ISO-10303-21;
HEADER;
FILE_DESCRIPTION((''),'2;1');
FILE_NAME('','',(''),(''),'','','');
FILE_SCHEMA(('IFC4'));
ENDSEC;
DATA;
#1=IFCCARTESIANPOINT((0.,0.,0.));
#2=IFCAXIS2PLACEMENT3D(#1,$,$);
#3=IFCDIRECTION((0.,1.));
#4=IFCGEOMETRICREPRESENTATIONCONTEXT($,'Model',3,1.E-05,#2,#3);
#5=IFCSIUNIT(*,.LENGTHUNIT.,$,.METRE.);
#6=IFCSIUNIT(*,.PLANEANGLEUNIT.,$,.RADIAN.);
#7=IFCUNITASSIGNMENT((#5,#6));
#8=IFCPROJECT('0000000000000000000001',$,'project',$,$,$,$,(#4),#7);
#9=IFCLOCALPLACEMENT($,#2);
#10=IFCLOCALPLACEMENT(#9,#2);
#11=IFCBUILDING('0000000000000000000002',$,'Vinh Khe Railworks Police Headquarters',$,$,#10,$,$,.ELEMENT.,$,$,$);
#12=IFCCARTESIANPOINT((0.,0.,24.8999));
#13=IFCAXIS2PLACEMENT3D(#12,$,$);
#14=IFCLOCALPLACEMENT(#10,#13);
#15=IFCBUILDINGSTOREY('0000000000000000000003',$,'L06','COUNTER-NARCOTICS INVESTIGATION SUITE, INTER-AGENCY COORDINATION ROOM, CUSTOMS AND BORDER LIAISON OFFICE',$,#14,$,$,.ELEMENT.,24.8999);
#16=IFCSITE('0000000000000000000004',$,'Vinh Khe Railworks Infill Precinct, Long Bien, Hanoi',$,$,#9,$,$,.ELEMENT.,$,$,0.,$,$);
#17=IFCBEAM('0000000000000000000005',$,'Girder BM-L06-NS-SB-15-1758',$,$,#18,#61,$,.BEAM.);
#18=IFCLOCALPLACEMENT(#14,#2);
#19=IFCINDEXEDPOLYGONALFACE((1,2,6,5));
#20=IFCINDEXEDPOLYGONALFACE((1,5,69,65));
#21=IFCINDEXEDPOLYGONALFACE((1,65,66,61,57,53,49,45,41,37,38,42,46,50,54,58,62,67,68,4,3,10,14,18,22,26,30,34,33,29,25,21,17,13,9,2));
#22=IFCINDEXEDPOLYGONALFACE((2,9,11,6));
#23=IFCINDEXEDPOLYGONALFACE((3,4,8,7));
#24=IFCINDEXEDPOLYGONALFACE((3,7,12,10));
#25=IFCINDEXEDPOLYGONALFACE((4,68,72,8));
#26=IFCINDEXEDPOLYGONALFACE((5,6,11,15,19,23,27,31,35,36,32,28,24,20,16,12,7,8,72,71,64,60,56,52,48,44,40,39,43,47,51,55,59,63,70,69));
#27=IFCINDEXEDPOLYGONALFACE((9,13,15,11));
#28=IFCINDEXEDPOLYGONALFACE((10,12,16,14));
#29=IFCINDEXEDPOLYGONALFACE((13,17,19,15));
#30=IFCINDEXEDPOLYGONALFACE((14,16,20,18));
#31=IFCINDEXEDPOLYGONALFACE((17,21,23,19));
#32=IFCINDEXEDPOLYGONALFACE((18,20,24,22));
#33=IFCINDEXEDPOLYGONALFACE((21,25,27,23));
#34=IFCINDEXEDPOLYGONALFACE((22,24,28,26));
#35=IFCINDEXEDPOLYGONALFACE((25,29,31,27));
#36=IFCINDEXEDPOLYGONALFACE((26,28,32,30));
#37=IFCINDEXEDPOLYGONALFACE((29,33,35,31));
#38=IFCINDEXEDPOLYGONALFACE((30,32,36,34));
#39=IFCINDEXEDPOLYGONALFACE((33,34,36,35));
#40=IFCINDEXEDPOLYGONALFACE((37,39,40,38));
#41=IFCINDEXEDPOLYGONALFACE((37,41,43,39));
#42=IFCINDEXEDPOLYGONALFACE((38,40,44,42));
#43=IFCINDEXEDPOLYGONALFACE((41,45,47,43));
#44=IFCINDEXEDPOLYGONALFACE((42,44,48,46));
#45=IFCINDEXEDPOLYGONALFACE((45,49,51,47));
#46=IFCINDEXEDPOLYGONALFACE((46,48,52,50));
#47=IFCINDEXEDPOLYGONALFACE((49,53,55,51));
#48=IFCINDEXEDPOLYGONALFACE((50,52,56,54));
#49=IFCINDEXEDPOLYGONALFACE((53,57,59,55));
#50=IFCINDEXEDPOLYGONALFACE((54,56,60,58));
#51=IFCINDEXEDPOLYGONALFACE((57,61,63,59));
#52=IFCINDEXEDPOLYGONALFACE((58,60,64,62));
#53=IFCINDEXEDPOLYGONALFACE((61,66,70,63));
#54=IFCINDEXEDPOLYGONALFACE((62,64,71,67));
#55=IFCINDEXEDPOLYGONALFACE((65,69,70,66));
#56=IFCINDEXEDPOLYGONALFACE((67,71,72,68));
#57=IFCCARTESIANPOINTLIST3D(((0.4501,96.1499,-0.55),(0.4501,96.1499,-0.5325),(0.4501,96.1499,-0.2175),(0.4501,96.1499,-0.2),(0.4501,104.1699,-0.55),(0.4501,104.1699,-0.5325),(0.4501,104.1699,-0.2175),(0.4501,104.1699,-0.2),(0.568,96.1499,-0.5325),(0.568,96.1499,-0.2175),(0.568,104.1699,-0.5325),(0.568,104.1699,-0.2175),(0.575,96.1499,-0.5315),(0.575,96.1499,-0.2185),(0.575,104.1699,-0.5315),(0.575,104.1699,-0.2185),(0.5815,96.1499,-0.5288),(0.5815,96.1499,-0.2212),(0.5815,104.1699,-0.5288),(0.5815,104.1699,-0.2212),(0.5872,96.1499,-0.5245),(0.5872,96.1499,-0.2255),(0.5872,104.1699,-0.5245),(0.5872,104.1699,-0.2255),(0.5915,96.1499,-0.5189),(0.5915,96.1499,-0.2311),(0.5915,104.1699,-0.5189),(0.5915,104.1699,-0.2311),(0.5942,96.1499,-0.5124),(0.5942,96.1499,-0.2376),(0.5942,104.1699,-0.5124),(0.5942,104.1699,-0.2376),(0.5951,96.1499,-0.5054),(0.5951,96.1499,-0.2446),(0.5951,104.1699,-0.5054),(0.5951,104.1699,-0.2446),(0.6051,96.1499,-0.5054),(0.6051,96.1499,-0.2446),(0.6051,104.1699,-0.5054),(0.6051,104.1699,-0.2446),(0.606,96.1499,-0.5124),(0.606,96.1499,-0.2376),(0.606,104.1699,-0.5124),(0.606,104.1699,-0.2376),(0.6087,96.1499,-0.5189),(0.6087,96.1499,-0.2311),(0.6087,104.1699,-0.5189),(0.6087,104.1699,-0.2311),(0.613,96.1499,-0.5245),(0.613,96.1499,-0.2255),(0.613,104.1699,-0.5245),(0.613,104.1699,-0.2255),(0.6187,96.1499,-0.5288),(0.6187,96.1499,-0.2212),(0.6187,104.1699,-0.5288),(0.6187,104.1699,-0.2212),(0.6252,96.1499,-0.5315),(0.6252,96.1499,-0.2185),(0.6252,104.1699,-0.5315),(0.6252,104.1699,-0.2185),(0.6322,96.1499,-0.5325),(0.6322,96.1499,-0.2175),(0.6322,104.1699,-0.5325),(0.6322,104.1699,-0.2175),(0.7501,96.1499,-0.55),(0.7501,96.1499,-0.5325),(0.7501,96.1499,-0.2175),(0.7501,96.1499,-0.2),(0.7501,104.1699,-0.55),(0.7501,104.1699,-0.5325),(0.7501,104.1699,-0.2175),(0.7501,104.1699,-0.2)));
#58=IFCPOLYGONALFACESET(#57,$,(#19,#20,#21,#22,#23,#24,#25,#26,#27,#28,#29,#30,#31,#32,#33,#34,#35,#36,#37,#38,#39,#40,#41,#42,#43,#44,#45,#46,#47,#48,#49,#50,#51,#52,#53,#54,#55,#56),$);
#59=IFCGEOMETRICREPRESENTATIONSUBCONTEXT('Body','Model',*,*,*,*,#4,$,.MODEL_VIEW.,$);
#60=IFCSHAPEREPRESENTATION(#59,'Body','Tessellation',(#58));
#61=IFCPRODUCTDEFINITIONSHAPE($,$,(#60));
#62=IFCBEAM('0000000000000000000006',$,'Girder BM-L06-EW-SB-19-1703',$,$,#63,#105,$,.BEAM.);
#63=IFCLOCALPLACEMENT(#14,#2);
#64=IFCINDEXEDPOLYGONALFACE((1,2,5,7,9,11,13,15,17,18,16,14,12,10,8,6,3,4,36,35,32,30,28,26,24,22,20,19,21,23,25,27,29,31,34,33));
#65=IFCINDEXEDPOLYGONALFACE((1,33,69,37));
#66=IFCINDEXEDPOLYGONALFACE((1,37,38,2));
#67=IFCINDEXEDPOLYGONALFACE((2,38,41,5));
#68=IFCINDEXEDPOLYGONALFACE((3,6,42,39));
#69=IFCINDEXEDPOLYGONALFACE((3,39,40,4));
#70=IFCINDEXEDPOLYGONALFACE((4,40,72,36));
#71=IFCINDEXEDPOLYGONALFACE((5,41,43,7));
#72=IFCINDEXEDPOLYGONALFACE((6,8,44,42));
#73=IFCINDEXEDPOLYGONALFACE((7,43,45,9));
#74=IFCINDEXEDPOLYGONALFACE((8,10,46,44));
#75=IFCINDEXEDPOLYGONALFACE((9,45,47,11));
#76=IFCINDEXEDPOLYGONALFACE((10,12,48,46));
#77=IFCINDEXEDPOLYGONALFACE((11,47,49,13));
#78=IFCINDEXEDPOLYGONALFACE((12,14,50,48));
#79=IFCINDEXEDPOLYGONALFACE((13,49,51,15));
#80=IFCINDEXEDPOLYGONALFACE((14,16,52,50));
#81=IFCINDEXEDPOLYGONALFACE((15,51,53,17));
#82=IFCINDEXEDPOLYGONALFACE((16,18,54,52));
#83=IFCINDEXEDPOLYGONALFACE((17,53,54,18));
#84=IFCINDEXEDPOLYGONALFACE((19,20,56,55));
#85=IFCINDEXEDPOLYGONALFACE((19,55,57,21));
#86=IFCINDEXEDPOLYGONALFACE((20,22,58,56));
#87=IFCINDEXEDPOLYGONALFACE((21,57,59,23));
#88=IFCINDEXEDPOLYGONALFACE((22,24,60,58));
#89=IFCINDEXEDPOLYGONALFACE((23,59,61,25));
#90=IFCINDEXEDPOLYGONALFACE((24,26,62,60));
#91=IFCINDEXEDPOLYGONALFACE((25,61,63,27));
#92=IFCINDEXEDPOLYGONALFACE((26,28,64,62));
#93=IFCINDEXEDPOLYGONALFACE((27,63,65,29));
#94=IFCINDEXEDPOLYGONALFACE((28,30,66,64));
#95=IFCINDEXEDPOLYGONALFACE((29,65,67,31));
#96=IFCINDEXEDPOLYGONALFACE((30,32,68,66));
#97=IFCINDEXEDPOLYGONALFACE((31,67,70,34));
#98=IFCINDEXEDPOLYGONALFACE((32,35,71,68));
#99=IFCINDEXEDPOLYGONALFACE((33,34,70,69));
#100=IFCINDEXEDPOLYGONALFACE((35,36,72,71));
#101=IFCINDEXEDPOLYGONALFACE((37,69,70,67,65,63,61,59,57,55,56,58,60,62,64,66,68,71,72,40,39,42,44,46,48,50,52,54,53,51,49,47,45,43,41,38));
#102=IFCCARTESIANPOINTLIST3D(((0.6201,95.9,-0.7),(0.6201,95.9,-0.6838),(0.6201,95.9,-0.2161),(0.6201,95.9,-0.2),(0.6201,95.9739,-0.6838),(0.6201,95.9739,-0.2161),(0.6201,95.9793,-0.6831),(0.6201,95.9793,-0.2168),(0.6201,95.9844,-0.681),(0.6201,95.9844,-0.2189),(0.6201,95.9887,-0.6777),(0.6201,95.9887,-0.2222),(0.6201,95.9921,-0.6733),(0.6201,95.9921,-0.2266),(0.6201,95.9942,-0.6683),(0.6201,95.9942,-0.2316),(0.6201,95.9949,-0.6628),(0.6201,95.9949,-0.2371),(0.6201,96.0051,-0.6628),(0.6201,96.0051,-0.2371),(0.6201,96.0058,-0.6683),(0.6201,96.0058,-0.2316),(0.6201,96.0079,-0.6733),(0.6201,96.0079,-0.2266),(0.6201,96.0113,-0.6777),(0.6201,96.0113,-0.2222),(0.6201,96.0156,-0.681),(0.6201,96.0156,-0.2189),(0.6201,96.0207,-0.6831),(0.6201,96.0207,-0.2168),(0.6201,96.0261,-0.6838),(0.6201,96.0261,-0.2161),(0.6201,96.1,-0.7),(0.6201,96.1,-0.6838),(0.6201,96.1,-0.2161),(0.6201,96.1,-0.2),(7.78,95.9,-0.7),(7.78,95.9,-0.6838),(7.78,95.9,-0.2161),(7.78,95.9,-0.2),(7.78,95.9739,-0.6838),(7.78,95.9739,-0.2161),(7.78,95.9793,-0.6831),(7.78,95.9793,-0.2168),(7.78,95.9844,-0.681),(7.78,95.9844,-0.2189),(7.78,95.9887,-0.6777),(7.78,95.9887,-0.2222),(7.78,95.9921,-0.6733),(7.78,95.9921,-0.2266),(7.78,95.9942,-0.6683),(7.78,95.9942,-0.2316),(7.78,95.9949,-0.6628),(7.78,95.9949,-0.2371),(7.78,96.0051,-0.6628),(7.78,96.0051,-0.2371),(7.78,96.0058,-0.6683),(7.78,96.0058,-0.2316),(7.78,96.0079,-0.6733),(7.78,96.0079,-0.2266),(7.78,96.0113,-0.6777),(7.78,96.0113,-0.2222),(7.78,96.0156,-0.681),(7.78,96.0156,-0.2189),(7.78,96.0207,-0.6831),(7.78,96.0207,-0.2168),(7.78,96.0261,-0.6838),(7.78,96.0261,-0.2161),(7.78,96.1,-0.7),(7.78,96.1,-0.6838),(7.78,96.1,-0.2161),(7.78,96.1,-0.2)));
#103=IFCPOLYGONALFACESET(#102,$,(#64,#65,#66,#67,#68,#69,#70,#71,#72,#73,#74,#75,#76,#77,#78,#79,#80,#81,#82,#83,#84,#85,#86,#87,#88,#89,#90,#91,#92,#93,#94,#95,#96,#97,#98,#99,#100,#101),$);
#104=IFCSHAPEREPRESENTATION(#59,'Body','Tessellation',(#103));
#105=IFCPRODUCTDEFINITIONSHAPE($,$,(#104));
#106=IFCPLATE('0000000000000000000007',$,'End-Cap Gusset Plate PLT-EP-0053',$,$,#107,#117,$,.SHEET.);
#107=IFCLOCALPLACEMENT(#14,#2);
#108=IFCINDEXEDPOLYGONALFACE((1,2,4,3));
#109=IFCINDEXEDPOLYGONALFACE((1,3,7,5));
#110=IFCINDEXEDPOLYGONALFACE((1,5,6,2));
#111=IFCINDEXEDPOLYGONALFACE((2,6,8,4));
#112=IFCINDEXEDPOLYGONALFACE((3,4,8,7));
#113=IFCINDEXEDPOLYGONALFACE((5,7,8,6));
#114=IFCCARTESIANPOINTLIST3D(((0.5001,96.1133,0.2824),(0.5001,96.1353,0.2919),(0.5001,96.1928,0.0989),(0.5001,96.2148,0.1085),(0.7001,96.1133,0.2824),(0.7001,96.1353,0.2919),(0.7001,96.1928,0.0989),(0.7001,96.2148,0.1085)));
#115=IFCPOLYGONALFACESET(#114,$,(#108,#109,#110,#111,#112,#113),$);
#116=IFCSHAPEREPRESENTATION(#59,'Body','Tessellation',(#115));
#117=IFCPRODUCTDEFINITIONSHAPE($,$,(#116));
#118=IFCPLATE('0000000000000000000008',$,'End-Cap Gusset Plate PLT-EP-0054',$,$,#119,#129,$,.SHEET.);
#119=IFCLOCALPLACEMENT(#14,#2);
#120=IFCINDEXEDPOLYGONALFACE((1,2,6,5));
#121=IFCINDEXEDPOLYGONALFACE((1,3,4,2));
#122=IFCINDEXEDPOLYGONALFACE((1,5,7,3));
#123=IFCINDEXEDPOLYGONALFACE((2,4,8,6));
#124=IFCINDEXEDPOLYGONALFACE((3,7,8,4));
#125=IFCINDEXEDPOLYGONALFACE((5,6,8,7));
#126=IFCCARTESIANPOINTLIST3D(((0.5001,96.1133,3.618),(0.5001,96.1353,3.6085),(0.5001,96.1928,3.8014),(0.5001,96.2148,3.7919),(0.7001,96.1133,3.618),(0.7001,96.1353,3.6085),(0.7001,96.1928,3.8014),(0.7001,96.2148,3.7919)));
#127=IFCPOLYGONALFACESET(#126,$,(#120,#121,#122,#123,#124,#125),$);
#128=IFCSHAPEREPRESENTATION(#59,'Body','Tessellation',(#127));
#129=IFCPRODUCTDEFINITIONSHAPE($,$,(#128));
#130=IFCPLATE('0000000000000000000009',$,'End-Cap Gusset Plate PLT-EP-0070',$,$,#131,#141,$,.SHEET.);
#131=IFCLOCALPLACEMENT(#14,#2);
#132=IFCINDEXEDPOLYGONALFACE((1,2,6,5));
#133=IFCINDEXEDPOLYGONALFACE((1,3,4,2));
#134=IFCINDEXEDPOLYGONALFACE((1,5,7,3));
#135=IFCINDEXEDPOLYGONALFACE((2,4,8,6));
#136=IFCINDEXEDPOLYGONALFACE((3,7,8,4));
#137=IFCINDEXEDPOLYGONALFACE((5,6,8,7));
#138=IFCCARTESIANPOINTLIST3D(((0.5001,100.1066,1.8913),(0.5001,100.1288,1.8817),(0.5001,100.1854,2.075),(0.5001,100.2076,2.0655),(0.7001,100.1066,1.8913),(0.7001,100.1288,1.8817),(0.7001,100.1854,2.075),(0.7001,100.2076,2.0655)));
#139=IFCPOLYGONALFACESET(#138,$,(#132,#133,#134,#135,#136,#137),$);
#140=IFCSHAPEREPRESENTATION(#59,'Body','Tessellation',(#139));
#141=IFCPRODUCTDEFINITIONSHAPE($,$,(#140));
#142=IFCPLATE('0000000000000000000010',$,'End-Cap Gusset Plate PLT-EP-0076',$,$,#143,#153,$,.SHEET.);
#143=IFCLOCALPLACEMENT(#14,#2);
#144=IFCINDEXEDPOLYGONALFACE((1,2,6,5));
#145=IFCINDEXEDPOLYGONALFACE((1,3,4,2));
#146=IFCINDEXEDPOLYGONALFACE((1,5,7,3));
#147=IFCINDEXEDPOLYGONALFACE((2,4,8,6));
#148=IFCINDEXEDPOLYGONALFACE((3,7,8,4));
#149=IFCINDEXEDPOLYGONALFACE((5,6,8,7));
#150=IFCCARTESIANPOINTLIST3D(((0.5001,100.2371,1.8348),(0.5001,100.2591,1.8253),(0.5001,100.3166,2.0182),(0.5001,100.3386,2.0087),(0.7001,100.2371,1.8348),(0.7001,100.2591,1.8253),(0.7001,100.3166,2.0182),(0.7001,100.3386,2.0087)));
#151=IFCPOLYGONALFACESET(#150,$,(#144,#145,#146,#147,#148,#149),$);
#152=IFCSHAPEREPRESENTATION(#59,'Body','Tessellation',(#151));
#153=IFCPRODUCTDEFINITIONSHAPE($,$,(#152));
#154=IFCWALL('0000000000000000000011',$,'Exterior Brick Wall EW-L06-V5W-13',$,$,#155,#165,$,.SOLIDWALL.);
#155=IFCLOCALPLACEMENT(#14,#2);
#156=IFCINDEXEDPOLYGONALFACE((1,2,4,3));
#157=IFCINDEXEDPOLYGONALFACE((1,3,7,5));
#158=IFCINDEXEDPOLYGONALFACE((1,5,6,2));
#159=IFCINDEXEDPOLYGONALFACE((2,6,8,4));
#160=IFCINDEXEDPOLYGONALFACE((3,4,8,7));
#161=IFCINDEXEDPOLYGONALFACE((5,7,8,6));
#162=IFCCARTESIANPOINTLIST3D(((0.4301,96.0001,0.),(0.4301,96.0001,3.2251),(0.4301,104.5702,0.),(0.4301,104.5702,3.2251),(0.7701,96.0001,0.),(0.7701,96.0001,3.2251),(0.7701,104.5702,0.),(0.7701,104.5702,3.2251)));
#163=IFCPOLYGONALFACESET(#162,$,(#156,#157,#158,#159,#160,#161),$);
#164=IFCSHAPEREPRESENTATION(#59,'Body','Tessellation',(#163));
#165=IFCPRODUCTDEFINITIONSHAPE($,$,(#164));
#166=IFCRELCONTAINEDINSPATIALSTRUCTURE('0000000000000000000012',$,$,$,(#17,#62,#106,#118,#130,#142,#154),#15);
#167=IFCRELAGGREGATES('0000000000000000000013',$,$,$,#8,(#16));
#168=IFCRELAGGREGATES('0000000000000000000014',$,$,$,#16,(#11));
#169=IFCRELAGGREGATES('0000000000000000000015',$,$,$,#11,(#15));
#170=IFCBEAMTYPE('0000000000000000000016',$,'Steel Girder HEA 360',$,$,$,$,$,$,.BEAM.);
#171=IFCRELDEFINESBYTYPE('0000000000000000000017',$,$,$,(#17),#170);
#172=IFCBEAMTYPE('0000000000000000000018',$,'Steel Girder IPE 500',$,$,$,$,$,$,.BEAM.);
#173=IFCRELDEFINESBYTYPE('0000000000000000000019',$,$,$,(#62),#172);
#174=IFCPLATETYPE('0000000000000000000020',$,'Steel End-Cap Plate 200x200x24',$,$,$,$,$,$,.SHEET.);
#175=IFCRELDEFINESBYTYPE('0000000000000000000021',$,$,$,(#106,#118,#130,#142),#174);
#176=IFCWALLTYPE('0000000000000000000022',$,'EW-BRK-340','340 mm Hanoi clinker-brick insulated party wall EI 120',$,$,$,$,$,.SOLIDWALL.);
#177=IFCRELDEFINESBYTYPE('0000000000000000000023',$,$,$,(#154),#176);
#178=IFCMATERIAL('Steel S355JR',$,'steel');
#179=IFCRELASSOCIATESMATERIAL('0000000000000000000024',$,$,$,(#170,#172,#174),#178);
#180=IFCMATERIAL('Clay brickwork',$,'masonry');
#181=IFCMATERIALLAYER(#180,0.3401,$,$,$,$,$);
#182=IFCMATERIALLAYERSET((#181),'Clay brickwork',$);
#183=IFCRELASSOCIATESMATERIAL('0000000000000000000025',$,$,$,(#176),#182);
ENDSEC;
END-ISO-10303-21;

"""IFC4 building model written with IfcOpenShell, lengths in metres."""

from ifc_helpers import new_model, si_unit, direction, frame, frame_2d, origin, origin_2d, place, context, subcontext, project, spatial, rectangle, i_section, extrude, material, layer, layer_set, material_profile, profile_set, type_object, element, save


model = new_model("IFC4")

# Units and contexts
model_context = context("Model", 3, precision=1e-05, world=origin(), true_north=direction((0.0, 1.0)))
body_context = subcontext(model_context, "Body", "Model", "MODEL_VIEW")
ifc_project = project(units=[si_unit("LENGTHUNIT", "METRE"), si_unit("PLANEANGLEUNIT", "RADIAN")], contexts=[model_context])

# Site, building, storey
site_placement = place(None, origin())
site = spatial("IfcSite", under=ifc_project, at=site_placement, Name="Vinh Khe Railworks Infill Precinct, Long Bien, Hanoi", CompositionType="ELEMENT", RefElevation=0.0)
building_placement = place(site_placement, origin())
building = spatial("IfcBuilding", under=site, at=building_placement, Name="Vinh Khe Railworks Police Headquarters", CompositionType="ELEMENT")
storey_placement = place(building_placement, frame((0.0, 0.0, 24.8999)))
storey = spatial("IfcBuildingStorey", under=building, at=storey_placement, Name="L06", Description="COUNTER-NARCOTICS INVESTIGATION SUITE, INTER-AGENCY COORDINATION ROOM, CUSTOMS AND BORDER LIAISON OFFICE", CompositionType="ELEMENT", Elevation=24.8999)

# Shared definitions
ifc_material_1 = material(Name="Steel S355JR", Category="steel")

# Beams
ifc_material_profile_1 = material_profile(ifc_material_1, i_section(OverallWidth=0.3, OverallDepth=0.3501, WebThickness=0.01, FlangeThickness=0.0176, FilletRadius=0.0271, at=origin_2d()), Name="HEA 360")
ifc_profile_set_1 = profile_set([ifc_material_profile_1], Name="Steel S355JR")
beam_type_1 = type_object("IfcBeamType", Name="Steel Girder HEA 360", PredefinedType="BEAM", material=ifc_profile_set_1)
beam_1_placement = place(storey_placement, frame((0.6001, 96.1499, -0.375), z_axis=(0.0, 1.0, 0.0), x_axis=(-1.0, 0.0, 0.0)))
element("IfcBeam", 1, at=beam_1_placement, inside=storey, type_object=beam_type_1, Name="Girder BM-L06-NS-SB-15-1758", PredefinedType="BEAM", context=body_context, shape_type="SweptSolid", body=[
    extrude(i_section(OverallWidth=0.3, OverallDepth=0.3501, WebThickness=0.01, FlangeThickness=0.0176, FilletRadius=0.0271, at=origin_2d()), origin(), (0.0, 0.0, 1.0), 8.02),
])
ifc_material_profile_2 = material_profile(ifc_material_1, i_section(OverallWidth=0.2, OverallDepth=0.5, WebThickness=0.0103, FlangeThickness=0.0161, FilletRadius=0.021, at=origin_2d()), Name="IPE 500")
ifc_profile_set_2 = profile_set([ifc_material_profile_2], Name="Steel S355JR")
beam_type_2 = type_object("IfcBeamType", Name="Steel Girder IPE 500", PredefinedType="BEAM", material=ifc_profile_set_2)
beam_2_placement = place(storey_placement, frame((0.6201, 96.0, -0.45), z_axis=(1.0, 0.0, 0.0), x_axis=(0.0, 1.0, 0.0)))
element("IfcBeam", 2, at=beam_2_placement, inside=storey, type_object=beam_type_2, Name="Girder BM-L06-EW-SB-19-1703", PredefinedType="BEAM", context=body_context, shape_type="SweptSolid", body=[
    extrude(i_section(OverallWidth=0.2, OverallDepth=0.5, WebThickness=0.0103, FlangeThickness=0.0161, FilletRadius=0.021, at=origin_2d()), origin(), (0.0, 0.0, 1.0), 7.1599),
])

# Plates
ifc_material_profile_3 = material_profile(ifc_material_1, rectangle(XDim=0.2, YDim=0.2, at=origin_2d()), Name="PL 200x200")
ifc_profile_set_3 = profile_set([ifc_material_profile_3], Name="Steel S355JR")
plate_type = type_object("IfcPlateType", Name="Steel End-Cap Plate 200x200x24", PredefinedType="SHEET", material=ifc_profile_set_3)
for number, where, z_axis, x_axis, name in (
    (3, (0.6001, 96.175, 0.2002), (0.0, -0.917556, -0.397607), (1.0, 0.0, 0.0), "End-Cap Gusset Plate PLT-EP-0053"),
    (4, (0.6001, 96.175, 3.7002), (0.0, -0.917556, 0.397607), (1.0, 0.0, 0.0), "End-Cap Gusset Plate PLT-EP-0054"),
):
    element("IfcPlate", number, at=place(storey_placement, frame(where, z_axis=z_axis, x_axis=x_axis)), inside=storey, type_object=plate_type, Name=name, PredefinedType="SHEET", context=body_context, shape_type="SweptSolid", body=[
        extrude(rectangle(XDim=0.2, YDim=0.2, at=origin_2d()), origin(), (0.0, 0.0, 1.0), 0.0239),
    ])
plate_1_placement = place(storey_placement, frame((0.6001, 100.146, 1.9832), z_axis=(0.0, 0.919145, -0.393919), x_axis=(-1.0, 0.0, 0.0)))
element("IfcPlate", 5, at=plate_1_placement, inside=storey, type_object=plate_type, Name="End-Cap Gusset Plate PLT-EP-0070", PredefinedType="SHEET", context=body_context, shape_type="SweptSolid", body=[
    extrude(rectangle(XDim=0.2, YDim=0.2, at=origin_2d()), origin(), (0.0, 0.0, 1.0), 0.0242),
])
plate_2_placement = place(storey_placement, frame((0.6001, 100.2988, 1.917), z_axis=(0.0, -0.917556, 0.397607), x_axis=(1.0, 0.0, 0.0)))
element("IfcPlate", 6, at=plate_2_placement, inside=storey, type_object=plate_type, Name="End-Cap Gusset Plate PLT-EP-0076", PredefinedType="SHEET", context=body_context, shape_type="SweptSolid", body=[
    extrude(rectangle(XDim=0.2, YDim=0.2, at=origin_2d()), origin(), (0.0, 0.0, 1.0), 0.0239),
])

# Wall
ifc_material_2 = material(Name="Clay brickwork", Category="masonry")
ifc_layer = layer(ifc_material_2, 0.3401)
ifc_layer_set = layer_set([ifc_layer], Name="Clay brickwork")
wall_type = type_object("IfcWallType", Name="EW-BRK-340", Description="340 mm Hanoi clinker-brick insulated party wall EI 120", PredefinedType="SOLIDWALL", material=ifc_layer_set)
wall_placement = place(storey_placement, frame((0.6001, 96.0, 0.0), z_axis=(0.0, 0.0, 1.0), x_axis=(0.0, 1.0, 0.0)))
element("IfcWall", 7, at=wall_placement, inside=storey, type_object=wall_type, Name="Exterior Brick Wall EW-L06-V5W-13", PredefinedType="SOLIDWALL", context=body_context, shape_type="SweptSolid", body=[
    extrude(rectangle(XDim=8.5701, YDim=0.3401, at=frame_2d((4.2852, 0.0))), origin(), (0.0, 0.0, 1.0), 3.2251),
])

save(model, "model.ifc")
